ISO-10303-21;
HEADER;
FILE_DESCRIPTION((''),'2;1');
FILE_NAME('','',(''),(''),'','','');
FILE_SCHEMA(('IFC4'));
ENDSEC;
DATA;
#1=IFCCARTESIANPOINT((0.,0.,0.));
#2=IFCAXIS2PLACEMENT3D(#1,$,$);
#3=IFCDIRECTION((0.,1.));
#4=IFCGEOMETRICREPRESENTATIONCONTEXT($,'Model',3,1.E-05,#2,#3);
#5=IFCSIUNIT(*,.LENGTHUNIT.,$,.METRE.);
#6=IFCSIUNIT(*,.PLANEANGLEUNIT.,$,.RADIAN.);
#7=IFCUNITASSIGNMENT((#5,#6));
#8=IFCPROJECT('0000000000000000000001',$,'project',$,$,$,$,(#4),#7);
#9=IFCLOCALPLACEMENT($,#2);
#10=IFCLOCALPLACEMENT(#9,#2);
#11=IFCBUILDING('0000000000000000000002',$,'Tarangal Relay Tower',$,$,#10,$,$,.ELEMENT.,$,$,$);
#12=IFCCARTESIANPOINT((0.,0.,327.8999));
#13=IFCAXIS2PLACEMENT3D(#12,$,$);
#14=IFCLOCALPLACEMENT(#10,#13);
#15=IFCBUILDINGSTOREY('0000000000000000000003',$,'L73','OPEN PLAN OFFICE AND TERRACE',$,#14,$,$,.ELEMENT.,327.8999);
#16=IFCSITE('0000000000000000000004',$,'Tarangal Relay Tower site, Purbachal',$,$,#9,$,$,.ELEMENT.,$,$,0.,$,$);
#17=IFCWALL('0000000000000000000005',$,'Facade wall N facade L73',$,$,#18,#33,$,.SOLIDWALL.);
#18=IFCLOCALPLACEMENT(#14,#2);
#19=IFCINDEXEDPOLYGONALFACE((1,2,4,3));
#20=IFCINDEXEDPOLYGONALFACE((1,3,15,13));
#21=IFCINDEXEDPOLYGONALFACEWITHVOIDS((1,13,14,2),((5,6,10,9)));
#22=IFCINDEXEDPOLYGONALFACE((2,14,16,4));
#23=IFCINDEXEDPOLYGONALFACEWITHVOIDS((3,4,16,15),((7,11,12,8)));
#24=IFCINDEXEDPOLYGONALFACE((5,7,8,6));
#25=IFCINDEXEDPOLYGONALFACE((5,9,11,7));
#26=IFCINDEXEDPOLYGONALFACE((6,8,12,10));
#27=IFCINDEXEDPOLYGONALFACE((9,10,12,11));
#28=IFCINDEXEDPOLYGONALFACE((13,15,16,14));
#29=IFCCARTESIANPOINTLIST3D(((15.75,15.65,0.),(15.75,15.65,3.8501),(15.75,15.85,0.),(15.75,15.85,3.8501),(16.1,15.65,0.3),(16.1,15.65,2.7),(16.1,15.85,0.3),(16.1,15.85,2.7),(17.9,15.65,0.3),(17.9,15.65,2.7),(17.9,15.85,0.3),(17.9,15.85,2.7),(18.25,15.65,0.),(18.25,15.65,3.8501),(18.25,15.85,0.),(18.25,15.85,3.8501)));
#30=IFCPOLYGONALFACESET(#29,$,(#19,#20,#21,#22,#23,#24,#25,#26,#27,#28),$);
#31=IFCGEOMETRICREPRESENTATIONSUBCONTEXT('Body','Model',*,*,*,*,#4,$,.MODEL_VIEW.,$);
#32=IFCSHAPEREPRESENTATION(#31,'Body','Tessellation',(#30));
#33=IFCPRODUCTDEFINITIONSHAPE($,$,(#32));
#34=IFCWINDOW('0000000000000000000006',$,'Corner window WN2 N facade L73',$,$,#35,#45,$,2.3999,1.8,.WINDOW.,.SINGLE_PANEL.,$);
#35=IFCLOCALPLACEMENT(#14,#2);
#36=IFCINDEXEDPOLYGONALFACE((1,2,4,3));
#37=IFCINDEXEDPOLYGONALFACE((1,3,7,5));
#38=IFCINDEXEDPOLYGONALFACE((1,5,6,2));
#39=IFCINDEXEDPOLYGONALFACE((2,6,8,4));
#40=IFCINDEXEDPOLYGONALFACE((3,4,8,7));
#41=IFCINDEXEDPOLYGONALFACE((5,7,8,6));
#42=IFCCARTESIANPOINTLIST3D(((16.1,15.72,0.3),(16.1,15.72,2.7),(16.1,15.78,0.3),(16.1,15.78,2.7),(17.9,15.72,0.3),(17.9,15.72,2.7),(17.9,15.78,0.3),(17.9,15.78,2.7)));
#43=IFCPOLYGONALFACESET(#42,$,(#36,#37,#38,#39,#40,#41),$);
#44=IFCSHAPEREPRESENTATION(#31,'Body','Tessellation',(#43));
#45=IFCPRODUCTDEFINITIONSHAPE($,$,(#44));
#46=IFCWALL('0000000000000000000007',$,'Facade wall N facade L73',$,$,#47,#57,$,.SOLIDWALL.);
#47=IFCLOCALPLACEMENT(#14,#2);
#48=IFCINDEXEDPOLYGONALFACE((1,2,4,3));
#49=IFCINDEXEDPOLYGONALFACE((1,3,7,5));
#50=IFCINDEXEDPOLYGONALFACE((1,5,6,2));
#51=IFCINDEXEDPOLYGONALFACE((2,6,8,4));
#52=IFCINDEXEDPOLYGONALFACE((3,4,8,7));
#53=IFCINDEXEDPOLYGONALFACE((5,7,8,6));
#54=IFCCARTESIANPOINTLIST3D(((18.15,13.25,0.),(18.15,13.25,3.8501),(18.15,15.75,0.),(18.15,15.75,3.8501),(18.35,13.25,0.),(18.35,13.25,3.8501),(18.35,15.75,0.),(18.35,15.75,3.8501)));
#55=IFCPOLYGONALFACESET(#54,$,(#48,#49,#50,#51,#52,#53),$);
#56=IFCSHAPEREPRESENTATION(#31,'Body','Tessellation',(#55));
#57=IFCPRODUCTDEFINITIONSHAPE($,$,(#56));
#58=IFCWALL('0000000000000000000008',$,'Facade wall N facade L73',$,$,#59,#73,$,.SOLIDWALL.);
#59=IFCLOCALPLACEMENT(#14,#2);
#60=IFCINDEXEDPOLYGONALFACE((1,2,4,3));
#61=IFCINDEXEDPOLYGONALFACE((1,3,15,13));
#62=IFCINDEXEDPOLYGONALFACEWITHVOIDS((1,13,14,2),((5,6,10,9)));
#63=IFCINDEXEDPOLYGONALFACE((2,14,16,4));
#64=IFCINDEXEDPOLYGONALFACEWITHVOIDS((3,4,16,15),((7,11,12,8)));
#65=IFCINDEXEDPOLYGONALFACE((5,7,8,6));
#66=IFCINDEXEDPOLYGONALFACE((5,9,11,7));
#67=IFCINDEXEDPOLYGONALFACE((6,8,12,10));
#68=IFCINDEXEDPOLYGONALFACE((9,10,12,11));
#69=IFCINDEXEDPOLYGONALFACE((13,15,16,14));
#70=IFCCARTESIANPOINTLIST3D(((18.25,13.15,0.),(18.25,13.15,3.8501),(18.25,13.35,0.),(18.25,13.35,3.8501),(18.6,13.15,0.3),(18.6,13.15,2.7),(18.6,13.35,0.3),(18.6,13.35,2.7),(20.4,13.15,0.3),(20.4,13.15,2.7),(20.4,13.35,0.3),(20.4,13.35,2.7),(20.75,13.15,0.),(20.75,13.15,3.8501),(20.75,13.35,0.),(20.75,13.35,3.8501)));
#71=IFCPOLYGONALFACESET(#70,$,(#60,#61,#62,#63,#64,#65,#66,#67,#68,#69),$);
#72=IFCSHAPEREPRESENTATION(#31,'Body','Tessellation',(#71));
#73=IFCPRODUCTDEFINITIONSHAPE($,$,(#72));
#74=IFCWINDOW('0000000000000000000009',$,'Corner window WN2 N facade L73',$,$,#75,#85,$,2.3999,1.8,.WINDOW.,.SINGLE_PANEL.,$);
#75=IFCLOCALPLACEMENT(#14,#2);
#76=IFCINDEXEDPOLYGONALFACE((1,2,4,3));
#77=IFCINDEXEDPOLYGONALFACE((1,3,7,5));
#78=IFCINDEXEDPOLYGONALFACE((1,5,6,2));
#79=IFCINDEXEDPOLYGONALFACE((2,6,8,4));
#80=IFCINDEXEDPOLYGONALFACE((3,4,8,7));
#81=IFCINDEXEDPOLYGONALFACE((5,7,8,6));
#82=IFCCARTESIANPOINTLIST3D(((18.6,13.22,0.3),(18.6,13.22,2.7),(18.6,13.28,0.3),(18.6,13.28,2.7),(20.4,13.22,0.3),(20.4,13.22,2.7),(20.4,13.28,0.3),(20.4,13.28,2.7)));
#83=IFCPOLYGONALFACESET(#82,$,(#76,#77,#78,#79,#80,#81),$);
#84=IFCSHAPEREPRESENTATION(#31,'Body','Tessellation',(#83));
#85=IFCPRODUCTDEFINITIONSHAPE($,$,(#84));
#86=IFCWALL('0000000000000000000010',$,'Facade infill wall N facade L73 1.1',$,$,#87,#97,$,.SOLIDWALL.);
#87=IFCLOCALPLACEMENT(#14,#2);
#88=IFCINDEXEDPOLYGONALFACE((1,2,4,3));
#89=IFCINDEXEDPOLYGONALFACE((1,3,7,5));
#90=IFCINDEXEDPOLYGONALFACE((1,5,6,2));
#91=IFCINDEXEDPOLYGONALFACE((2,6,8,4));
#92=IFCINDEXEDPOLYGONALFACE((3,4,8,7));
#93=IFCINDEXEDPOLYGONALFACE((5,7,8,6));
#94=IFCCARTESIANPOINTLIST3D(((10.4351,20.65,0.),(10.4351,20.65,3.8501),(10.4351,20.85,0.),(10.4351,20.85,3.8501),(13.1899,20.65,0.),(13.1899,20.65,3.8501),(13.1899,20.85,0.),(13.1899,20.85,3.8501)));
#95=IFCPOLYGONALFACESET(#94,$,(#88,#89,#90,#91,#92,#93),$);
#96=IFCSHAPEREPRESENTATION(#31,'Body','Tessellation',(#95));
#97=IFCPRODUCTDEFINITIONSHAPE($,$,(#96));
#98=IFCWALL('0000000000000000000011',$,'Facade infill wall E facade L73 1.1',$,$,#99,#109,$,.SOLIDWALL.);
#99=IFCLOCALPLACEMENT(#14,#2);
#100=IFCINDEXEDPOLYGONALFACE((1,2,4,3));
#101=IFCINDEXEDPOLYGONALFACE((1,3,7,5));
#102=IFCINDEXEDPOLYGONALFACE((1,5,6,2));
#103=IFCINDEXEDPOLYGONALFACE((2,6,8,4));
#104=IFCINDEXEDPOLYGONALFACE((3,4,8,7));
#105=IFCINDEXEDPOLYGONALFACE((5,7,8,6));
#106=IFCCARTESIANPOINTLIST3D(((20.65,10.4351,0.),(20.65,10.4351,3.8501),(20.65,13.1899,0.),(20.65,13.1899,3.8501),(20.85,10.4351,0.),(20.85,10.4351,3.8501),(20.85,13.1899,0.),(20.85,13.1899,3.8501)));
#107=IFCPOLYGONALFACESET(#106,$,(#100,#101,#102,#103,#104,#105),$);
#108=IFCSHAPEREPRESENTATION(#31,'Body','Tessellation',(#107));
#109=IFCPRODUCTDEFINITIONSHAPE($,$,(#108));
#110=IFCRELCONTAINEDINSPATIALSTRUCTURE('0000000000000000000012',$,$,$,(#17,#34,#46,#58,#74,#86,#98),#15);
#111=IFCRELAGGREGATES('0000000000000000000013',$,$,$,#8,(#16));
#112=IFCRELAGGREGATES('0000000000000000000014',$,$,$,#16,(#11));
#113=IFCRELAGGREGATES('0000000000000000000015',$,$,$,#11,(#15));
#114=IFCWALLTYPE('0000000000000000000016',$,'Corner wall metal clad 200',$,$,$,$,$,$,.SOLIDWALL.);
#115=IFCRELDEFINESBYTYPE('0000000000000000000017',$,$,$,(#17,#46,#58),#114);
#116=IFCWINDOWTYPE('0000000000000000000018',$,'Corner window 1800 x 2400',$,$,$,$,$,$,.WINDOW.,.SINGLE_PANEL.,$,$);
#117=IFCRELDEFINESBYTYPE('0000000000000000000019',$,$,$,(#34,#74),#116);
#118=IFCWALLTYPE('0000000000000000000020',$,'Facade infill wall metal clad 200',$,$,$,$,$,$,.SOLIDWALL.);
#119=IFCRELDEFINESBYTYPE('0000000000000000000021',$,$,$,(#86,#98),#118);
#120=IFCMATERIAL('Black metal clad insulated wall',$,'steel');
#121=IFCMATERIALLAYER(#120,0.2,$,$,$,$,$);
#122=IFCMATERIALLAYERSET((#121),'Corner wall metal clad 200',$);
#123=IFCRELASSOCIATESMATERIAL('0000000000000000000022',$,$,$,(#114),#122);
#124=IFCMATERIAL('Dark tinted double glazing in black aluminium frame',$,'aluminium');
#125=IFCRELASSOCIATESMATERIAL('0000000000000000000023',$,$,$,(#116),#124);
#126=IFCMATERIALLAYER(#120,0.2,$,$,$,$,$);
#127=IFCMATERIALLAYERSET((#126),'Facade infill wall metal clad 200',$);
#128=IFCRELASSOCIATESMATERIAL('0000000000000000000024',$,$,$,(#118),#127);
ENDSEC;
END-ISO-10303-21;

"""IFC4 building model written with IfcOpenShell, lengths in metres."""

from ifc_helpers import new_model, si_unit, direction, frame, frame_2d, origin, place, context, subcontext, project, spatial, rectangle, extrude, material, layer, layer_set, type_object, element, fill, save


model = new_model("IFC4")

# Units and contexts
model_context = context("Model", 3, precision=1e-05, world=origin(), true_north=direction((0.0, 1.0)))
body_context = subcontext(model_context, "Body", "Model", "MODEL_VIEW")
ifc_project = project(units=[si_unit("LENGTHUNIT", "METRE"), si_unit("PLANEANGLEUNIT", "RADIAN")], contexts=[model_context])

# Site, building, storey
site_placement = place(None, origin())
site = spatial("IfcSite", under=ifc_project, at=site_placement, Name="Tarangal Relay Tower site, Purbachal", CompositionType="ELEMENT", RefElevation=0.0)
building_placement = place(site_placement, origin())
building = spatial("IfcBuilding", under=site, at=building_placement, Name="Tarangal Relay Tower", CompositionType="ELEMENT")
storey_placement = place(building_placement, frame((0.0, 0.0, 327.8999)))
storey = spatial("IfcBuildingStorey", under=building, at=storey_placement, Name="L73", Description="OPEN PLAN OFFICE AND TERRACE", CompositionType="ELEMENT", Elevation=327.8999)

# Shared definitions
ifc_material_1 = material(Name="Black metal clad insulated wall", Category="steel")
ifc_layer_1 = layer(ifc_material_1, 0.2)
ifc_layer_set_1 = layer_set([ifc_layer_1], Name="Corner wall metal clad 200")
wall_type_1 = type_object("IfcWallType", Name="Corner wall metal clad 200", PredefinedType="SOLIDWALL", material=ifc_layer_set_1)

# Shared definitions
ifc_material_2 = material(Name="Dark tinted double glazing in black aluminium frame", Category="aluminium")
window_type = type_object("IfcWindowType", Name="Corner window 1800 x 2400", PartitioningType="SINGLE_PANEL", PredefinedType="WINDOW", material=ifc_material_2)

# Wall, opening, window
wall_1_placement = place(storey_placement, frame((15.75, 15.75, 0.0), z_axis=(0.0, 0.0, 1.0), x_axis=(1.0, 0.0, 0.0)))
wall_1 = element("IfcWall", 1, at=wall_1_placement, inside=storey, type_object=wall_type_1, Name="Facade wall N facade L73", PredefinedType="SOLIDWALL", context=body_context, shape_type="SweptSolid", body=[
    extrude(rectangle(XDim=2.5, YDim=0.2, at=frame_2d((1.25, 0.0))), origin(), (0.0, 0.0, 1.0), 3.8501),
])
opening_1_placement = place(wall_1_placement, frame((0.3501, 0.0, 0.3)))
opening_1 = element("IfcOpeningElement", 2, at=opening_1_placement, cuts=wall_1, PredefinedType="OPENING", context=body_context, shape_type="SweptSolid", body=[
    extrude(rectangle(XDim=1.8, YDim=2.3999, at=frame_2d((0.8999, 1.2))), frame((0.0, 0.1099, 0.0), z_axis=(0.0, -1.0, 0.0), x_axis=(1.0, 0.0, 0.0)), (0.0, 0.0, 1.0), 0.22),
])
window_1_placement = place(opening_1_placement, origin())
window_1 = element("IfcWindow", 3, at=window_1_placement, inside=storey, type_object=window_type, Name="Corner window WN2 N facade L73", OverallHeight=2.3999, OverallWidth=1.8, PartitioningType="SINGLE_PANEL", PredefinedType="WINDOW", context=body_context, shape_type="SweptSolid", body=[
    extrude(rectangle(XDim=1.8, YDim=2.3999, at=frame_2d((0.8999, 1.2))), frame((0.0, 0.03, 0.0), z_axis=(0.0, -1.0, 0.0), x_axis=(1.0, 0.0, 0.0)), (0.0, 0.0, 1.0), 0.0601),
])
fill(opening_1, window_1)

# Wall
wall_2_placement = place(storey_placement, frame((18.25, 15.75, 0.0), z_axis=(0.0, 0.0, 1.0), x_axis=(0.0, -1.0, 0.0)))
element("IfcWall", 4, at=wall_2_placement, inside=storey, type_object=wall_type_1, Name="Facade wall N facade L73", PredefinedType="SOLIDWALL", context=body_context, shape_type="SweptSolid", body=[
    extrude(rectangle(XDim=2.5, YDim=0.2, at=frame_2d((1.25, 0.0))), origin(), (0.0, 0.0, 1.0), 3.8501),
])

# Wall, opening, window
wall_3_placement = place(storey_placement, frame((18.25, 13.25, 0.0), z_axis=(0.0, 0.0, 1.0), x_axis=(1.0, 0.0, 0.0)))
wall_3 = element("IfcWall", 5, at=wall_3_placement, inside=storey, type_object=wall_type_1, Name="Facade wall N facade L73", PredefinedType="SOLIDWALL", context=body_context, shape_type="SweptSolid", body=[
    extrude(rectangle(XDim=2.5, YDim=0.2, at=frame_2d((1.25, 0.0))), origin(), (0.0, 0.0, 1.0), 3.8501),
])
opening_2_placement = place(wall_3_placement, frame((0.3501, 0.0, 0.3)))
opening_2 = element("IfcOpeningElement", 6, at=opening_2_placement, cuts=wall_3, PredefinedType="OPENING", context=body_context, shape_type="SweptSolid", body=[
    extrude(rectangle(XDim=1.8, YDim=2.3999, at=frame_2d((0.8999, 1.2))), frame((0.0, 0.1099, 0.0), z_axis=(0.0, -1.0, 0.0), x_axis=(1.0, 0.0, 0.0)), (0.0, 0.0, 1.0), 0.22),
])
window_2_placement = place(opening_2_placement, origin())
window_2 = element("IfcWindow", 7, at=window_2_placement, inside=storey, type_object=window_type, Name="Corner window WN2 N facade L73", OverallHeight=2.3999, OverallWidth=1.8, PartitioningType="SINGLE_PANEL", PredefinedType="WINDOW", context=body_context, shape_type="SweptSolid", body=[
    extrude(rectangle(XDim=1.8, YDim=2.3999, at=frame_2d((0.8999, 1.2))), frame((0.0, 0.03, 0.0), z_axis=(0.0, -1.0, 0.0), x_axis=(1.0, 0.0, 0.0)), (0.0, 0.0, 1.0), 0.0601),
])
fill(opening_2, window_2)

# Walls
ifc_layer_2 = layer(ifc_material_1, 0.2)
ifc_layer_set_2 = layer_set([ifc_layer_2], Name="Facade infill wall metal clad 200")
wall_type_2 = type_object("IfcWallType", Name="Facade infill wall metal clad 200", PredefinedType="SOLIDWALL", material=ifc_layer_set_2)
for number, where, z_axis, x_axis, name in (
    (8, (10.4351, 20.75, 0.0), (0.0, 0.0, 1.0), (1.0, 0.0, 0.0), "Facade infill wall N facade L73 1.1"),
    (9, (20.75, 13.1899, 0.0), (0.0, 0.0, 1.0), (0.0, -1.0, 0.0), "Facade infill wall E facade L73 1.1"),
):
    element("IfcWall", number, at=place(storey_placement, frame(where, z_axis=z_axis, x_axis=x_axis)), inside=storey, type_object=wall_type_2, Name=name, PredefinedType="SOLIDWALL", context=body_context, shape_type="SweptSolid", body=[
        extrude(rectangle(XDim=2.7549, YDim=0.2, at=frame_2d((1.3774, 0.0))), origin(), (0.0, 0.0, 1.0), 3.8501),
    ])

save(model, "model.ifc")
